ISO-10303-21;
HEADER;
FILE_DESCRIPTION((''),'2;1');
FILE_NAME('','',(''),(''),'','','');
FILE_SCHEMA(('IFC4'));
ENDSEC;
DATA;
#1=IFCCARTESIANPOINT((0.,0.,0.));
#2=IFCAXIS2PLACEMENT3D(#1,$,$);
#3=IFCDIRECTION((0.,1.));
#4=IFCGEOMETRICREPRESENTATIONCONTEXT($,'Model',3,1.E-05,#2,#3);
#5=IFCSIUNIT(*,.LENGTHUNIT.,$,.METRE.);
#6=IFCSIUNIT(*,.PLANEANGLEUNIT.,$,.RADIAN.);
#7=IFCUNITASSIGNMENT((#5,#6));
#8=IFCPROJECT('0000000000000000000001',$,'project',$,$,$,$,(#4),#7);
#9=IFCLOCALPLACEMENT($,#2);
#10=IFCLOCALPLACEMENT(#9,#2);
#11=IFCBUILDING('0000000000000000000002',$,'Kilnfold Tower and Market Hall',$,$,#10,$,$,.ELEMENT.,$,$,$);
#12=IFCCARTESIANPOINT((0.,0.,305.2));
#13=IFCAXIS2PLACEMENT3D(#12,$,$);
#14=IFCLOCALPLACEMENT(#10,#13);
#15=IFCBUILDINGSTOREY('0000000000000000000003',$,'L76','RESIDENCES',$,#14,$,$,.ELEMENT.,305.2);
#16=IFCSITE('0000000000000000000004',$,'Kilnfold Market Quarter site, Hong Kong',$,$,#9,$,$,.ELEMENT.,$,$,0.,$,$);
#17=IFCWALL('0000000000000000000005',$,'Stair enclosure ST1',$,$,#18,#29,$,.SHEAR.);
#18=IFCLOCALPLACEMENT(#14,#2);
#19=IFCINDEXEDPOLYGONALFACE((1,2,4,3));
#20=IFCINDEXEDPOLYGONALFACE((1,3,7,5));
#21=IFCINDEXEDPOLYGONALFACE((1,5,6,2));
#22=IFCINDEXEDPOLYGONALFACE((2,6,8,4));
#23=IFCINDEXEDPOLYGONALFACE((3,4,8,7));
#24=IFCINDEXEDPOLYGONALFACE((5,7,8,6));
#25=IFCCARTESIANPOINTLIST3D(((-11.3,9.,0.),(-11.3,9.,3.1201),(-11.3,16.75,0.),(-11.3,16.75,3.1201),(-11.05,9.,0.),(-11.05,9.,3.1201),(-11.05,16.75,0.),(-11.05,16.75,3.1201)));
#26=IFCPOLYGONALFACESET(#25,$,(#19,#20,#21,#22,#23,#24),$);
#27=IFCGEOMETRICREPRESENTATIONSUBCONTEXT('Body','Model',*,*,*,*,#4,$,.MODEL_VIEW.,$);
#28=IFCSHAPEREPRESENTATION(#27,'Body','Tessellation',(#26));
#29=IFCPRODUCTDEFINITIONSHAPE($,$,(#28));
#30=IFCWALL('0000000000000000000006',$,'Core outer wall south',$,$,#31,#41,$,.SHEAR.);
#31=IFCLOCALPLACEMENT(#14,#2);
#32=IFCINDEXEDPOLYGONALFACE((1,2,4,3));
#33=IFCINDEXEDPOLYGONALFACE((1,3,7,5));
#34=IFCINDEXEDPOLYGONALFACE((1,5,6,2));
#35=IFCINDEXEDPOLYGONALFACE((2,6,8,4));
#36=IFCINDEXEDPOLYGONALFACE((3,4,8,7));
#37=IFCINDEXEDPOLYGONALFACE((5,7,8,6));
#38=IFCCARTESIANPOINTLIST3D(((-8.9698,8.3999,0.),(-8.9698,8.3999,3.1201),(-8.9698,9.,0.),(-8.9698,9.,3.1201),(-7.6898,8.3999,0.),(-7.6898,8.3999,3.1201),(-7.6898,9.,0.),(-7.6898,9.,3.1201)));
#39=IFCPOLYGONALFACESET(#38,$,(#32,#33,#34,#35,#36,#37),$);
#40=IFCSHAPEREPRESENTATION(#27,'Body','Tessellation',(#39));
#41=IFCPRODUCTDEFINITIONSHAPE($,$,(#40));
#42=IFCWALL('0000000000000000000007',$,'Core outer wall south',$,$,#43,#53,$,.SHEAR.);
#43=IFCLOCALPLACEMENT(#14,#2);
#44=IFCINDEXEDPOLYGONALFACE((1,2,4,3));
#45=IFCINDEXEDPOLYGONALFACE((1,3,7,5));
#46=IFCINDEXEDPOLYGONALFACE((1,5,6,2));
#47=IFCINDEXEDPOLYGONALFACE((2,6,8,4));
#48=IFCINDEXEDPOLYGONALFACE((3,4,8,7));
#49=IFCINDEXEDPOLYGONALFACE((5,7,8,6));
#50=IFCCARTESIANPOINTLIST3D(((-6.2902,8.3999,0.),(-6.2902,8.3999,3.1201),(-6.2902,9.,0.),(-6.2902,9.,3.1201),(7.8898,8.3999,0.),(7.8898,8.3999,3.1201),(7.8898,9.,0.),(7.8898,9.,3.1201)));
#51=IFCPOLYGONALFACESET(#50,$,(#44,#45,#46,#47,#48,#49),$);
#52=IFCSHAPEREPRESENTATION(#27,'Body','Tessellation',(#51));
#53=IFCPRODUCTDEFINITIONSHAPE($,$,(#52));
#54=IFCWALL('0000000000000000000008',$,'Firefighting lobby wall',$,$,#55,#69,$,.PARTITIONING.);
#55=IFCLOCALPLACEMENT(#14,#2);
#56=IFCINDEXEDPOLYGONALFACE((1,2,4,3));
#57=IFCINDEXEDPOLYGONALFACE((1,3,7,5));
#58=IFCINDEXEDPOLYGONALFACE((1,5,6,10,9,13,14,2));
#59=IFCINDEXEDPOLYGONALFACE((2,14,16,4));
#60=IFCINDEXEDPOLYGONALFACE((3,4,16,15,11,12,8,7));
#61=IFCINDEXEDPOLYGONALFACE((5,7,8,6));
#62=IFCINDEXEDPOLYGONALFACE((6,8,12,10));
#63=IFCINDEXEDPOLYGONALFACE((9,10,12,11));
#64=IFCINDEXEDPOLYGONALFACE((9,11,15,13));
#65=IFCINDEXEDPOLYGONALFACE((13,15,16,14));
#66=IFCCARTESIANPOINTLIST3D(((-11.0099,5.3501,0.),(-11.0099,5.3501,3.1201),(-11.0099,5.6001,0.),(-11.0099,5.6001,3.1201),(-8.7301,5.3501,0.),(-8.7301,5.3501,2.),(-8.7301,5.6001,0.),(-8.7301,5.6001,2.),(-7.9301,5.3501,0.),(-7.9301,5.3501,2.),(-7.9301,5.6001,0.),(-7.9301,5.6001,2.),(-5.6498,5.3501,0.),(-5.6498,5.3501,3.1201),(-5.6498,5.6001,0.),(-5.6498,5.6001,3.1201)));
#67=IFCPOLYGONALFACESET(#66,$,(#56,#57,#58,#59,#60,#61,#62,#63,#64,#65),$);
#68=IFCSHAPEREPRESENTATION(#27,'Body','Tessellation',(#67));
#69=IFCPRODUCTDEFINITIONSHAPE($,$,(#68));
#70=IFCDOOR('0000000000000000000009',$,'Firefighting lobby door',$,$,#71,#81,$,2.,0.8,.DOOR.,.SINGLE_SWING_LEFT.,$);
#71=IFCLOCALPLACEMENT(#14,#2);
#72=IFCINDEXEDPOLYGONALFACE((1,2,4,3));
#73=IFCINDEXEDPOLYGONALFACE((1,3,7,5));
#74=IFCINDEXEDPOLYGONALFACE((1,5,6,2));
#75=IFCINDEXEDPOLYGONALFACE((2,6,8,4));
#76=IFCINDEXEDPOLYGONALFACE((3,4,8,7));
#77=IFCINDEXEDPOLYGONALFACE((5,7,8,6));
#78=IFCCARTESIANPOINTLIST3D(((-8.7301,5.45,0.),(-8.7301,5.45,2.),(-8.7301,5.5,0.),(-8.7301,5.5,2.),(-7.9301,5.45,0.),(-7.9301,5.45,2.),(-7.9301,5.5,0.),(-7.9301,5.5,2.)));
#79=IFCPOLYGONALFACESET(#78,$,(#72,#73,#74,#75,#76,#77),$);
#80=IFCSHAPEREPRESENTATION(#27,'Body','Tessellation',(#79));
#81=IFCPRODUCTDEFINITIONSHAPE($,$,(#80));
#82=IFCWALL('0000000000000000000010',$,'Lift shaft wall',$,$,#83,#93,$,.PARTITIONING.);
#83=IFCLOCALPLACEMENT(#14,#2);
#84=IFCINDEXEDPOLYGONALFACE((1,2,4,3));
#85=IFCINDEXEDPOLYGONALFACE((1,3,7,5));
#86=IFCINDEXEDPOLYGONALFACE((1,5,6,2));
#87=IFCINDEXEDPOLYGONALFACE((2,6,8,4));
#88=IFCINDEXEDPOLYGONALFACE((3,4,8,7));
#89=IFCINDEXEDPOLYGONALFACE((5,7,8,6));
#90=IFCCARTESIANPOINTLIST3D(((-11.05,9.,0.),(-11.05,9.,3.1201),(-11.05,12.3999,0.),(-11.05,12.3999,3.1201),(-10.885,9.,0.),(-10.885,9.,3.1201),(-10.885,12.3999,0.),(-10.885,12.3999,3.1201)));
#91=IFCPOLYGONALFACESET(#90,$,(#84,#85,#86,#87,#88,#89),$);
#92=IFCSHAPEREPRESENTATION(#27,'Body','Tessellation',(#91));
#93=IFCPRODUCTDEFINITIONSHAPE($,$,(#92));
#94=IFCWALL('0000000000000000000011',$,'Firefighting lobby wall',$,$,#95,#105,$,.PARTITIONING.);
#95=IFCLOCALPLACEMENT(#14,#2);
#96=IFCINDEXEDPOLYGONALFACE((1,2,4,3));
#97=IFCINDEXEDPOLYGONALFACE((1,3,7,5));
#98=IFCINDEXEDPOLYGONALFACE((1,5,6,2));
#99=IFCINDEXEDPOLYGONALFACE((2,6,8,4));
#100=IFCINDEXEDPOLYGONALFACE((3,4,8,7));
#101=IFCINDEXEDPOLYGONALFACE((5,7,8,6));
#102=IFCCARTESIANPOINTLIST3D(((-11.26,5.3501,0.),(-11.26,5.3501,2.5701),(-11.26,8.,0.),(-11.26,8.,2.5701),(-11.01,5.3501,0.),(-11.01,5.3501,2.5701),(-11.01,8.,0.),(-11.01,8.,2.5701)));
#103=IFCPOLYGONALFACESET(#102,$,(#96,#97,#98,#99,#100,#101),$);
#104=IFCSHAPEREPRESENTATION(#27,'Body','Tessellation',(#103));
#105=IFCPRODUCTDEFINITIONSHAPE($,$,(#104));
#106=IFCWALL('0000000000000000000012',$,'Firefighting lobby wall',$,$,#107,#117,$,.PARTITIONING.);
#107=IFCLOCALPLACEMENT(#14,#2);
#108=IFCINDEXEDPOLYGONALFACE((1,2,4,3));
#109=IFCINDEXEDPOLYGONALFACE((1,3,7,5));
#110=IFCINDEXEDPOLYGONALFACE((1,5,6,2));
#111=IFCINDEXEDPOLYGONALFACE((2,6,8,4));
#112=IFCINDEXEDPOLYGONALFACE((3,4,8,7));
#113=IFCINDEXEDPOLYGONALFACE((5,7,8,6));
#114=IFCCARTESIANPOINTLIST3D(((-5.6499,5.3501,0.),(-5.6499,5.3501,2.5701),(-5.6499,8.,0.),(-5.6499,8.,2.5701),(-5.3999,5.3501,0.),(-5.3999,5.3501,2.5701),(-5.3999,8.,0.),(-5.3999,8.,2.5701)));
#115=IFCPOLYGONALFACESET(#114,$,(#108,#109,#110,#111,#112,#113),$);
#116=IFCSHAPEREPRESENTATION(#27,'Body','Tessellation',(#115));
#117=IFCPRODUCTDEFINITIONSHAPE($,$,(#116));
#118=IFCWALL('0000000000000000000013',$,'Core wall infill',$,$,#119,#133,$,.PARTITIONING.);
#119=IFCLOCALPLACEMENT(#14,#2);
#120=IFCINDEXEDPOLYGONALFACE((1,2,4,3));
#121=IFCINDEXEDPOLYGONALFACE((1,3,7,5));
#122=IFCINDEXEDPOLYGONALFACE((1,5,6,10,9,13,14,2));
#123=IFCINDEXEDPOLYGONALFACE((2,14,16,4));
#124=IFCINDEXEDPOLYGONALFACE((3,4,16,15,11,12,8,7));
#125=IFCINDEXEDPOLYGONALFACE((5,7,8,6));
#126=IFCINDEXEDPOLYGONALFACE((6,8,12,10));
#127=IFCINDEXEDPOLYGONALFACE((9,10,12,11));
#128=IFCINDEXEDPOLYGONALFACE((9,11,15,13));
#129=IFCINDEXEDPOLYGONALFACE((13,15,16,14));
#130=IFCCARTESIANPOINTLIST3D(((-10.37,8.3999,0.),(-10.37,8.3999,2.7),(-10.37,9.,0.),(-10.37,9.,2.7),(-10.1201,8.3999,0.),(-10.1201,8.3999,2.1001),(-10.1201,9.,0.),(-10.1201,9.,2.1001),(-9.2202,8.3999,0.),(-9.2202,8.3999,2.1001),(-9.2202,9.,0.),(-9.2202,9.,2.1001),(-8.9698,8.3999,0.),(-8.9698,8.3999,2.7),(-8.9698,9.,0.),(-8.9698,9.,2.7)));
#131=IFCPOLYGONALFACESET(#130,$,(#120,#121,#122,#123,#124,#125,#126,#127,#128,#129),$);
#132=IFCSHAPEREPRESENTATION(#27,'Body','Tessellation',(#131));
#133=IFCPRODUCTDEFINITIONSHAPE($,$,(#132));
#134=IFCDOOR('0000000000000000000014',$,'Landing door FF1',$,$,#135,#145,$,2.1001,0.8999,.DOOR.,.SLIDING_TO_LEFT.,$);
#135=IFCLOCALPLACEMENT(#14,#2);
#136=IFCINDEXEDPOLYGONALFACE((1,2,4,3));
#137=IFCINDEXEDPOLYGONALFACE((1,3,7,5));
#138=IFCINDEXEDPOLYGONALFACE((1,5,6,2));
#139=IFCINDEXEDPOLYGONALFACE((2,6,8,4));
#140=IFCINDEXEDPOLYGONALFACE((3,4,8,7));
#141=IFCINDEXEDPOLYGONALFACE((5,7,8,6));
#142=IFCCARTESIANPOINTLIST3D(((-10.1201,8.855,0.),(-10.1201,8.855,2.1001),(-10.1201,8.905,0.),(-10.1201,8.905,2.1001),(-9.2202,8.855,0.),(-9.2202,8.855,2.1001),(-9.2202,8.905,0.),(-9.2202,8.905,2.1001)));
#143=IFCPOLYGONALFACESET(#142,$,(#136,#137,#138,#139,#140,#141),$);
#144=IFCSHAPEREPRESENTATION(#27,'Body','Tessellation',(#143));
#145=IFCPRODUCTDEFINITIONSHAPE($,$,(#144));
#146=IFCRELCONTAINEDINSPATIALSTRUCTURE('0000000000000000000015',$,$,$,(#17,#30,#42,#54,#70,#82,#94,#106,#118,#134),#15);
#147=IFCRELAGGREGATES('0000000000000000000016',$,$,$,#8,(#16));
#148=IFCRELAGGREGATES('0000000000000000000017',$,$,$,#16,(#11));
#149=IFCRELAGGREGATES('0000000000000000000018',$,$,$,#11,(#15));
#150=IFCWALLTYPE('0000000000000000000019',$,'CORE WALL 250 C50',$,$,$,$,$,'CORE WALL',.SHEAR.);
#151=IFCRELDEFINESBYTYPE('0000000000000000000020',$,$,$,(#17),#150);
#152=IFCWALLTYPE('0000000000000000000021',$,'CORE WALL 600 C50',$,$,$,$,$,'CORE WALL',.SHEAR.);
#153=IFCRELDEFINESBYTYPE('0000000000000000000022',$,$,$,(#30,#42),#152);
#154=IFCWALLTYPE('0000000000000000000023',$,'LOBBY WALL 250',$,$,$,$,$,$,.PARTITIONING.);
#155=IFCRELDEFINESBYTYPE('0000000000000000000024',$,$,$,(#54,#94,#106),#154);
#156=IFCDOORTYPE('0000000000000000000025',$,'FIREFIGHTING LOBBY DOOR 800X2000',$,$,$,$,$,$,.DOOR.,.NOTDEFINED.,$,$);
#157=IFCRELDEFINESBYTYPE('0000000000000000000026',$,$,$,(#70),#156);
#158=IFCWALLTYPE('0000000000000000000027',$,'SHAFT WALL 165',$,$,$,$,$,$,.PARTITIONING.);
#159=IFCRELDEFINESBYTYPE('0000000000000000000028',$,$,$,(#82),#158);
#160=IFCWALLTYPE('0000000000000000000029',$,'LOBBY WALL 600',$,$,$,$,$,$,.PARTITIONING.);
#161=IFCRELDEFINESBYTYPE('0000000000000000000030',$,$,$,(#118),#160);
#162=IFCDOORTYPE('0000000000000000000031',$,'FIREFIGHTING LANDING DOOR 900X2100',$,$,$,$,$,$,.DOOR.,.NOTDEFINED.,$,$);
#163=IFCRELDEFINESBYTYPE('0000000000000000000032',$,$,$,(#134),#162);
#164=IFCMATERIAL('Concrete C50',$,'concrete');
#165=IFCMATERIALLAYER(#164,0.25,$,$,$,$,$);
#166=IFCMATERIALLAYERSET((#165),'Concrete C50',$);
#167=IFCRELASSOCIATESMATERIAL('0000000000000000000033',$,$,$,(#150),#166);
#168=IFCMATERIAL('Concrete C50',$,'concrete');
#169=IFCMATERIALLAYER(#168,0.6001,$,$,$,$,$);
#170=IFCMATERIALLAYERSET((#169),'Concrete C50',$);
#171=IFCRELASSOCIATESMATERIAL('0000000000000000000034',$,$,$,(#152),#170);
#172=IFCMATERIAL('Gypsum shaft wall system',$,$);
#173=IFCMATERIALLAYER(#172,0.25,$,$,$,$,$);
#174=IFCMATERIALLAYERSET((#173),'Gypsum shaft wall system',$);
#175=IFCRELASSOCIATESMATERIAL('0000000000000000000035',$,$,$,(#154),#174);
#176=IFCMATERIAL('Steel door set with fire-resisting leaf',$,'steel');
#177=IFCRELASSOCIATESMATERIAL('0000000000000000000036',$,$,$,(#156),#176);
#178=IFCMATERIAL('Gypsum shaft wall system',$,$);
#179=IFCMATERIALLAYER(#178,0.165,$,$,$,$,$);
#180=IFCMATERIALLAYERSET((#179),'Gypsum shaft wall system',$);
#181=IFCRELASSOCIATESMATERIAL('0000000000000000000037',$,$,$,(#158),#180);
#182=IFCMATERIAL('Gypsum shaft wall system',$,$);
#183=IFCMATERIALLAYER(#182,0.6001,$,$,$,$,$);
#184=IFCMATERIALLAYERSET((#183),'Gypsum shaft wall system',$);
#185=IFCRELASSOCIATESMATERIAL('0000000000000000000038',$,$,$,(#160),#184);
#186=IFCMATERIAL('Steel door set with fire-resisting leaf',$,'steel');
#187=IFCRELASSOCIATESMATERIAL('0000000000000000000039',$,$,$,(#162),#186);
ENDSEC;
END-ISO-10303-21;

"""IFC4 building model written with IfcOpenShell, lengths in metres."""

from ifc_helpers import new_model, si_unit, direction, frame, frame_2d, origin, place, context, subcontext, project, spatial, rectangle, extrude, source, transform, mapped, material, layer, layer_set, type_object, element, fill, save


model = new_model("IFC4")

# Units and contexts
model_context = context("Model", 3, precision=1e-05, world=origin(), true_north=direction((0.0, 1.0)))
body_context = subcontext(model_context, "Body", "Model", "MODEL_VIEW")
ifc_project = project(units=[si_unit("LENGTHUNIT", "METRE"), si_unit("PLANEANGLEUNIT", "RADIAN")], contexts=[model_context])

# Site, building, storey
site_placement = place(None, origin())
site = spatial("IfcSite", under=ifc_project, at=site_placement, Name="Kilnfold Market Quarter site, Hong Kong", CompositionType="ELEMENT", RefElevation=0.0)
building_placement = place(site_placement, origin())
building = spatial("IfcBuilding", under=site, at=building_placement, Name="Kilnfold Tower and Market Hall", CompositionType="ELEMENT")
storey_placement = place(building_placement, frame((0.0, 0.0, 305.2)))
storey = spatial("IfcBuildingStorey", under=building, at=storey_placement, Name="L76", Description="RESIDENCES", CompositionType="ELEMENT", Elevation=305.2)

# Walls
ifc_material_1 = material(Name="Concrete C50", Category="concrete")
ifc_layer_1 = layer(ifc_material_1, 0.25)
ifc_layer_set_1 = layer_set([ifc_layer_1], Name="Concrete C50")
wall_type_1 = type_object("IfcWallType", Name="CORE WALL 250 C50", ElementType="CORE WALL", PredefinedType="SHEAR", material=ifc_layer_set_1)
shared_shape_1 = source(origin(), body_context, "Body", "SweptSolid", [
    extrude(rectangle(XDim=7.75, YDim=0.25, at=frame_2d((3.875, 0.0))), origin(), (0.0, 0.0, 1.0), 3.1201),
])
wall_1_placement = place(storey_placement, frame((-11.175, 9.0, 0.0), z_axis=(0.0, 0.0, 1.0), x_axis=(0.0, 1.0, 0.0)))
element("IfcWall", 1, at=wall_1_placement, inside=storey, type_object=wall_type_1, Name="Stair enclosure ST1", PredefinedType="SHEAR", context=body_context, shape_type="MappedRepresentation", body=[
    mapped(shared_shape_1, transform((0.0, 0.0, 0.0))),
])
ifc_material_2 = material(Name="Concrete C50", Category="concrete")
ifc_layer_2 = layer(ifc_material_2, 0.6001)
ifc_layer_set_2 = layer_set([ifc_layer_2], Name="Concrete C50")
wall_type_2 = type_object("IfcWallType", Name="CORE WALL 600 C50", ElementType="CORE WALL", PredefinedType="SHEAR", material=ifc_layer_set_2)
shared_shape_2 = source(origin(), body_context, "Body", "SweptSolid", [
    extrude(rectangle(XDim=1.28, YDim=0.6001, at=frame_2d((0.6401, 0.0))), origin(), (0.0, 0.0, 1.0), 3.1201),
])
wall_2_placement = place(storey_placement, frame((-8.97, 8.7, 0.0), z_axis=(0.0, 0.0, 1.0), x_axis=(1.0, 0.0, 0.0)))
element("IfcWall", 2, at=wall_2_placement, inside=storey, type_object=wall_type_2, Name="Core outer wall south", PredefinedType="SHEAR", context=body_context, shape_type="MappedRepresentation", body=[
    mapped(shared_shape_2, transform((0.0, 0.0, 0.0))),
])
shared_shape_3 = source(origin(), body_context, "Body", "SweptSolid", [
    extrude(rectangle(XDim=14.1799, YDim=0.6001, at=frame_2d((7.0898, 0.0))), origin(), (0.0, 0.0, 1.0), 3.1201),
])
wall_3_placement = place(storey_placement, frame((-6.29, 8.7, 0.0), z_axis=(0.0, 0.0, 1.0), x_axis=(1.0, 0.0, 0.0)))
element("IfcWall", 3, at=wall_3_placement, inside=storey, type_object=wall_type_2, Name="Core outer wall south", PredefinedType="SHEAR", context=body_context, shape_type="MappedRepresentation", body=[
    mapped(shared_shape_3, transform((0.0, 0.0, 0.0))),
])

# Wall, opening, door
ifc_material_3 = material(Name="Gypsum shaft wall system")
ifc_layer_3 = layer(ifc_material_3, 0.25)
ifc_layer_set_3 = layer_set([ifc_layer_3], Name="Gypsum shaft wall system")
wall_type_3 = type_object("IfcWallType", Name="LOBBY WALL 250", PredefinedType="PARTITIONING", material=ifc_layer_set_3)
shared_shape_4 = source(origin(), body_context, "Body", "SweptSolid", [
    extrude(rectangle(XDim=5.3601, YDim=0.25, at=frame_2d((2.6802, 0.0))), origin(), (0.0, 0.0, 1.0), 3.1201),
])
wall_4_placement = place(storey_placement, frame((-11.01, 5.4751, 0.0), z_axis=(0.0, 0.0, 1.0), x_axis=(1.0, 0.0, 0.0)))
wall_4 = element("IfcWall", 4, at=wall_4_placement, inside=storey, type_object=wall_type_3, Name="Firefighting lobby wall", PredefinedType="PARTITIONING", context=body_context, shape_type="MappedRepresentation", body=[
    mapped(shared_shape_4, transform((0.0, 0.0, 0.0))),
])
opening_1_placement = place(wall_4_placement, frame((2.28, 0.0, 0.0)))
opening_1 = element("IfcOpeningElement", 5, at=opening_1_placement, cuts=wall_4, PredefinedType="OPENING", context=body_context, shape_type="SweptSolid", body=[
    extrude(rectangle(XDim=0.8, YDim=2.0, at=frame_2d((0.3999, 1.0))), frame((0.0, 0.135, 0.0), z_axis=(0.0, -1.0, 0.0), x_axis=(1.0, 0.0, 0.0)), (0.0, 0.0, 1.0), 0.27),
])
ifc_material_4 = material(Name="Steel door set with fire-resisting leaf", Category="steel")
door_type_1 = type_object("IfcDoorType", Name="FIREFIGHTING LOBBY DOOR 800X2000", OperationType="NOTDEFINED", PredefinedType="DOOR", material=ifc_material_4)
door_1_placement = place(opening_1_placement, origin())
door_1 = element("IfcDoor", 6, at=door_1_placement, inside=storey, type_object=door_type_1, Name="Firefighting lobby door", OperationType="SINGLE_SWING_LEFT", OverallHeight=2.0, OverallWidth=0.8, PredefinedType="DOOR", context=body_context, shape_type="SweptSolid", body=[
    extrude(rectangle(XDim=0.8, YDim=2.0, at=frame_2d((0.3999, 1.0))), frame((0.0, 0.0249, 0.0), z_axis=(0.0, -1.0, 0.0), x_axis=(1.0, 0.0, 0.0)), (0.0, 0.0, 1.0), 0.05),
])
fill(opening_1, door_1)

# Walls
ifc_material_5 = material(Name="Gypsum shaft wall system")
ifc_layer_4 = layer(ifc_material_5, 0.165)
ifc_layer_set_4 = layer_set([ifc_layer_4], Name="Gypsum shaft wall system")
wall_type_4 = type_object("IfcWallType", Name="SHAFT WALL 165", PredefinedType="PARTITIONING", material=ifc_layer_set_4)
shared_shape_5 = source(origin(), body_context, "Body", "SweptSolid", [
    extrude(rectangle(XDim=3.3999, YDim=0.165, at=frame_2d((1.7, 0.0))), origin(), (0.0, 0.0, 1.0), 3.1201),
])
wall_5_placement = place(storey_placement, frame((-10.9675, 9.0, 0.0), z_axis=(0.0, 0.0, 1.0), x_axis=(0.0, 1.0, 0.0)))
element("IfcWall", 7, at=wall_5_placement, inside=storey, type_object=wall_type_4, Name="Lift shaft wall", PredefinedType="PARTITIONING", context=body_context, shape_type="MappedRepresentation", body=[
    mapped(shared_shape_5, transform((0.0, 0.0, 0.0))),
])
shared_shape_6 = source(origin(), body_context, "Body", "SweptSolid", [
    extrude(rectangle(XDim=2.6499, YDim=0.25, at=frame_2d((1.325, 0.0))), origin(), (0.0, 0.0, 1.0), 2.5701),
])
for number, where, z_axis, x_axis, name in (
    (8, (-11.135, 5.3501, 0.0), (0.0, 0.0, 1.0), (0.0, 1.0, 0.0), "Firefighting lobby wall"),
    (9, (-5.5249, 5.3501, 0.0), (0.0, 0.0, 1.0), (0.0, 1.0, 0.0), "Firefighting lobby wall"),
):
    element("IfcWall", number, at=place(storey_placement, frame(where, z_axis=z_axis, x_axis=x_axis)), inside=storey, type_object=wall_type_3, Name=name, PredefinedType="PARTITIONING", context=body_context, shape_type="MappedRepresentation", body=[
        mapped(shared_shape_6, transform((0.0, 0.0, 0.0))),
    ])

# Wall, opening, door
ifc_material_6 = material(Name="Gypsum shaft wall system")
ifc_layer_5 = layer(ifc_material_6, 0.6001)
ifc_layer_set_5 = layer_set([ifc_layer_5], Name="Gypsum shaft wall system")
wall_type_5 = type_object("IfcWallType", Name="LOBBY WALL 600", PredefinedType="PARTITIONING", material=ifc_layer_set_5)
shared_shape_7 = source(origin(), body_context, "Body", "SweptSolid", [
    extrude(rectangle(XDim=1.4001, YDim=0.6001, at=frame_2d((0.7002, 0.0))), origin(), (0.0, 0.0, 1.0), 2.7),
])
wall_6_placement = place(storey_placement, frame((-10.3701, 8.7, 0.0), z_axis=(0.0, 0.0, 1.0), x_axis=(1.0, 0.0, 0.0)))
wall_6 = element("IfcWall", 10, at=wall_6_placement, inside=storey, type_object=wall_type_5, Name="Core wall infill", PredefinedType="PARTITIONING", context=body_context, shape_type="MappedRepresentation", body=[
    mapped(shared_shape_7, transform((0.0, 0.0, 0.0))),
])
opening_2_placement = place(wall_6_placement, frame((0.25, 0.0, 0.0)))
opening_2 = element("IfcOpeningElement", 11, at=opening_2_placement, cuts=wall_6, PredefinedType="OPENING", context=body_context, shape_type="SweptSolid", body=[
    extrude(rectangle(XDim=0.8999, YDim=2.1001, at=frame_2d((0.45, 1.05))), frame((0.0, 0.3101, 0.0), z_axis=(0.0, -1.0, 0.0), x_axis=(1.0, 0.0, 0.0)), (0.0, 0.0, 1.0), 0.6201),
])
ifc_material_7 = material(Name="Steel door set with fire-resisting leaf", Category="steel")
door_type_2 = type_object("IfcDoorType", Name="FIREFIGHTING LANDING DOOR 900X2100", OperationType="NOTDEFINED", PredefinedType="DOOR", material=ifc_material_7)
door_2_placement = place(opening_2_placement, origin())
door_2 = element("IfcDoor", 12, at=door_2_placement, inside=storey, type_object=door_type_2, Name="Landing door FF1", OperationType="SLIDING_TO_LEFT", OverallHeight=2.1001, OverallWidth=0.8999, PredefinedType="DOOR", context=body_context, shape_type="SweptSolid", body=[
    extrude(rectangle(XDim=0.8999, YDim=2.1001, at=frame_2d((0.45, 1.05))), frame((0.0, 0.2051, 0.0), z_axis=(0.0, -1.0, 0.0), x_axis=(1.0, 0.0, 0.0)), (0.0, 0.0, 1.0), 0.05),
])
fill(opening_2, door_2)

save(model, "model.ifc")
